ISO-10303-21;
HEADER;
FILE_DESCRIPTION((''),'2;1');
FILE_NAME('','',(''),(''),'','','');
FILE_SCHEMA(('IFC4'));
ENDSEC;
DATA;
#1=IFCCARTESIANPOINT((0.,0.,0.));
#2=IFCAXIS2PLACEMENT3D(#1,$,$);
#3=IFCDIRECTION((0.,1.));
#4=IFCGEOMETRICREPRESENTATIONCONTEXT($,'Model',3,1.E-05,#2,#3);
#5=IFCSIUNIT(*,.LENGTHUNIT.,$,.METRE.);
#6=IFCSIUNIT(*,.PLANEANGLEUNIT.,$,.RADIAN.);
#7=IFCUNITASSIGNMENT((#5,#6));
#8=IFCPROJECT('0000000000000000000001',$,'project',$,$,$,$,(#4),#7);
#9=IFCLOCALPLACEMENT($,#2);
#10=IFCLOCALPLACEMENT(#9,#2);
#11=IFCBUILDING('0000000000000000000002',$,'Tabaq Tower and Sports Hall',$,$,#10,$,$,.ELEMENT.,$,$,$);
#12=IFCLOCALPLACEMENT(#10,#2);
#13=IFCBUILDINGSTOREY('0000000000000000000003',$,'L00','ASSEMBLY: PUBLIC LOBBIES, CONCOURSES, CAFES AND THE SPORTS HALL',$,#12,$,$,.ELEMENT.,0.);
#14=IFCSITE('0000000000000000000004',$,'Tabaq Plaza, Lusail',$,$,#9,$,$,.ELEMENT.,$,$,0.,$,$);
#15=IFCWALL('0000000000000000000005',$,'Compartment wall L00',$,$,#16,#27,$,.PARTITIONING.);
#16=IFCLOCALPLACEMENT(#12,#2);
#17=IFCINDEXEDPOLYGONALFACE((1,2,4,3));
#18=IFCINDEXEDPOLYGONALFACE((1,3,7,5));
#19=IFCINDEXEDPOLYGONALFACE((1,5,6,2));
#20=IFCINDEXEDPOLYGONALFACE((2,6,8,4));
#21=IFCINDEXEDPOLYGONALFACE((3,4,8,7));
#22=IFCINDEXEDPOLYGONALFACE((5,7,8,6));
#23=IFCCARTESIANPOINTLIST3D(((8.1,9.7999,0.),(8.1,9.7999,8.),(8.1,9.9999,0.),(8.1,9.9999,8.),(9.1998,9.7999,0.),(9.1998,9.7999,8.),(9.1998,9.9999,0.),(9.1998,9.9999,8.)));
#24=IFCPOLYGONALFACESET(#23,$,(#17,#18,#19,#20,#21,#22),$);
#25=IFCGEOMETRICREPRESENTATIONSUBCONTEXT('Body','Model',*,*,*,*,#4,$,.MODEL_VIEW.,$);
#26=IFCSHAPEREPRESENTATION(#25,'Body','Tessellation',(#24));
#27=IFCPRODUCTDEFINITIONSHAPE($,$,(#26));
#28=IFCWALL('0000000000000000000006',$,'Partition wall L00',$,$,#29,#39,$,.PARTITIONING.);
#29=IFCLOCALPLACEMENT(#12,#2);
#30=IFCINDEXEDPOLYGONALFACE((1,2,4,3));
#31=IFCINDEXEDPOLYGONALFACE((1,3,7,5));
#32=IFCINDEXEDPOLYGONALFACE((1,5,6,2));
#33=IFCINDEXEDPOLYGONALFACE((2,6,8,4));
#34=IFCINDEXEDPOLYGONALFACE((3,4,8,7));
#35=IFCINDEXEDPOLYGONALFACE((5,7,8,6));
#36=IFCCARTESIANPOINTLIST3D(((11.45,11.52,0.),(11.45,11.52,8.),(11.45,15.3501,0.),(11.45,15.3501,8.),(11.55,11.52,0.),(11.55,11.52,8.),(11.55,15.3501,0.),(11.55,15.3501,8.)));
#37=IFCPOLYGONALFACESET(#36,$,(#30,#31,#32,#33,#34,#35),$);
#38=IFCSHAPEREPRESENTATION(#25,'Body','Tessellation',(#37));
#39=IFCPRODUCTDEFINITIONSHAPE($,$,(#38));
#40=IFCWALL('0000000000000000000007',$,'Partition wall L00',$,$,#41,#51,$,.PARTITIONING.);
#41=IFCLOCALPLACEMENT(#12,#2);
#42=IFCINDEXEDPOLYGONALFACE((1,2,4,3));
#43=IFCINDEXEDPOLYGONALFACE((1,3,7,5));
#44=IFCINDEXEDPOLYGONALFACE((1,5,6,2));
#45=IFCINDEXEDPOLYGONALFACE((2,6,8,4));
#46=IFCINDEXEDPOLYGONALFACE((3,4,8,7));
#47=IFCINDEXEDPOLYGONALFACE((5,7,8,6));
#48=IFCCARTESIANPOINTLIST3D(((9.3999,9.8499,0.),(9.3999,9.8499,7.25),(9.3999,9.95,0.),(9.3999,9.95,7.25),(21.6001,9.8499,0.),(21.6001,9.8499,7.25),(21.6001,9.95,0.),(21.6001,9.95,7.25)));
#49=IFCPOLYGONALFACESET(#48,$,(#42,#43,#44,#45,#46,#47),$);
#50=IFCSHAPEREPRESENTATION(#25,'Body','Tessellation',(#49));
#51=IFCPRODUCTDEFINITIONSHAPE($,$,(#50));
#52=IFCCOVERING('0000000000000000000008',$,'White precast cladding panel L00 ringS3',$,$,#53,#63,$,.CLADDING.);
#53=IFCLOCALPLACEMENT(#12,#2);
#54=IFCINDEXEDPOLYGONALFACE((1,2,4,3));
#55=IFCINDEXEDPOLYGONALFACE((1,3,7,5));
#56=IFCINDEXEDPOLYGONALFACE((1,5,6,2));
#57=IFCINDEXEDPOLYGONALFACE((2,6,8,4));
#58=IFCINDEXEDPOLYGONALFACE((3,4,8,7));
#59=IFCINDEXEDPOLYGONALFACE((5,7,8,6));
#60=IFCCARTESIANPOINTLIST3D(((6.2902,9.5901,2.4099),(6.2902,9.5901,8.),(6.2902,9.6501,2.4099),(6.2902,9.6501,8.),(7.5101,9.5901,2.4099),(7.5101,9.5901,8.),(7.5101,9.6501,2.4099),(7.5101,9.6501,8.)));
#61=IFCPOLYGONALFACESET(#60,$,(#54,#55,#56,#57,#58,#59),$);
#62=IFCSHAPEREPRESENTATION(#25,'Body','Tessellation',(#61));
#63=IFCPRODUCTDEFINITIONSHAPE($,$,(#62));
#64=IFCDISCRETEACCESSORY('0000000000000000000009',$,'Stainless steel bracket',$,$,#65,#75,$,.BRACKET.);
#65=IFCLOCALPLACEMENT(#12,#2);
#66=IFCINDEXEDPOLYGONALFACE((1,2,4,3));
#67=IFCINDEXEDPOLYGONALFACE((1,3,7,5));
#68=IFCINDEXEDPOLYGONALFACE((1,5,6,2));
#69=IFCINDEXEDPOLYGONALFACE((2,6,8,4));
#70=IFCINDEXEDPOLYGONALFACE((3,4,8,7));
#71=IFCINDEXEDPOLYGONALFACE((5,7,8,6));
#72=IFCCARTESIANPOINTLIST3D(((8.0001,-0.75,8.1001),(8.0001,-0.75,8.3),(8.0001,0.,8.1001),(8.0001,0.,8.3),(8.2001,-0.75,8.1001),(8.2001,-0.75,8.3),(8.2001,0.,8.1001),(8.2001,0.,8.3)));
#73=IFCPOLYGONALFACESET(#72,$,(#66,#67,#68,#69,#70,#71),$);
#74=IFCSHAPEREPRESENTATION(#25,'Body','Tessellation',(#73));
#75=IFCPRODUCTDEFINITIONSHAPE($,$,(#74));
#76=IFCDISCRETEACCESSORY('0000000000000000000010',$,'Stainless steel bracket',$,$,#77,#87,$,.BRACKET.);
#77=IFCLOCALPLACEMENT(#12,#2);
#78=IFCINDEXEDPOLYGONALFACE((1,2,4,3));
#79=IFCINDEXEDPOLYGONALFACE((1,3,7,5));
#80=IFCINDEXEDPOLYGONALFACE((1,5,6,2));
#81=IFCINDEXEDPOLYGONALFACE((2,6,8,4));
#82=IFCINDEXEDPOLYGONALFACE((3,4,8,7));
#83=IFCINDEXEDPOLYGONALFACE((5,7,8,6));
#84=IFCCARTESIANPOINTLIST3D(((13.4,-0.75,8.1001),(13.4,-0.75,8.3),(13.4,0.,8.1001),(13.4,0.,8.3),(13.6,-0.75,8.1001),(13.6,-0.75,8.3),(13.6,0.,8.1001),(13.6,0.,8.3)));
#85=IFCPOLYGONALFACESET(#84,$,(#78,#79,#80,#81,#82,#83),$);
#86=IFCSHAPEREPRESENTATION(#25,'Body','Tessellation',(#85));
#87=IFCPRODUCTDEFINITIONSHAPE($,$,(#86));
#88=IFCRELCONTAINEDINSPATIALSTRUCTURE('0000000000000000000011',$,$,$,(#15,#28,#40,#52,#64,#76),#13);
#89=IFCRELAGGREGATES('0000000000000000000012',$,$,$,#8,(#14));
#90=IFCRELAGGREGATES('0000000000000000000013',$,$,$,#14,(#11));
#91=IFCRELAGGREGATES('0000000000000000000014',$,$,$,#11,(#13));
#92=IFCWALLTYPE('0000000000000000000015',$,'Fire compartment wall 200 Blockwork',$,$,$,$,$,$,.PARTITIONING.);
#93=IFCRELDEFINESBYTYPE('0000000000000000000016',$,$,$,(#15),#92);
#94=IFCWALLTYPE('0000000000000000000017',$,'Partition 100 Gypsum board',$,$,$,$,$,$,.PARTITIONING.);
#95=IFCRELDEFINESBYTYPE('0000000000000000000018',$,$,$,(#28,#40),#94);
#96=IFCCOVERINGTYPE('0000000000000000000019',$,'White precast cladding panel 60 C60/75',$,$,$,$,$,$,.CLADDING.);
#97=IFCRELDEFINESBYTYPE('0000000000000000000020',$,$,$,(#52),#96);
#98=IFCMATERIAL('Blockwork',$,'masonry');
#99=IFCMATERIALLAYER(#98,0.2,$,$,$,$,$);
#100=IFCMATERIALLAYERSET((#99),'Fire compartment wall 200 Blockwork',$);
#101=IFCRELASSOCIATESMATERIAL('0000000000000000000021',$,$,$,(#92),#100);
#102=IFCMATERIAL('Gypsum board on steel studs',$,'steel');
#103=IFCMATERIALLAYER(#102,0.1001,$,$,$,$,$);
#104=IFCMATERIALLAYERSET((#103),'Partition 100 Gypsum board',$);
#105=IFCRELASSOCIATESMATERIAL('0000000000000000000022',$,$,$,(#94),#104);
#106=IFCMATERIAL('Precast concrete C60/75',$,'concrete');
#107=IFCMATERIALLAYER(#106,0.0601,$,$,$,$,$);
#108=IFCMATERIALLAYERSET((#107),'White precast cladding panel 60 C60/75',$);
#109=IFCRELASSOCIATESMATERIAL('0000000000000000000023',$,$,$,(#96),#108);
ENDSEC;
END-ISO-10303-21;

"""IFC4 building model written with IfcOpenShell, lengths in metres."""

from ifc_helpers import new_model, si_unit, direction, frame, frame_2d, origin, origin_2d, place, context, subcontext, project, spatial, rectangle, extrude, material, layer, layer_set, type_object, element, save


model = new_model("IFC4")

# Units and contexts
model_context = context("Model", 3, precision=1e-05, world=origin(), true_north=direction((0.0, 1.0)))
body_context = subcontext(model_context, "Body", "Model", "MODEL_VIEW")
ifc_project = project(units=[si_unit("LENGTHUNIT", "METRE"), si_unit("PLANEANGLEUNIT", "RADIAN")], contexts=[model_context])

# Site, building, storey
site_placement = place(None, origin())
site = spatial("IfcSite", under=ifc_project, at=site_placement, Name="Tabaq Plaza, Lusail", CompositionType="ELEMENT", RefElevation=0.0)
building_placement = place(site_placement, origin())
building = spatial("IfcBuilding", under=site, at=building_placement, Name="Tabaq Tower and Sports Hall", CompositionType="ELEMENT")
storey_placement = place(building_placement, origin())
storey = spatial("IfcBuildingStorey", under=building, at=storey_placement, Name="L00", Description="ASSEMBLY: PUBLIC LOBBIES, CONCOURSES, CAFES AND THE SPORTS HALL", CompositionType="ELEMENT", Elevation=0.0)

# Shared definitions
ifc_material_1 = material(Name="Blockwork", Category="masonry")
ifc_layer_1 = layer(ifc_material_1, 0.2)
ifc_layer_set_1 = layer_set([ifc_layer_1], Name="Fire compartment wall 200 Blockwork")
wall_type_1 = type_object("IfcWallType", Name="Fire compartment wall 200 Blockwork", PredefinedType="PARTITIONING", material=ifc_layer_set_1)

# Walls
wall_1_placement = place(storey_placement, frame((8.1001, 9.8999, 0.0), z_axis=(0.0, 0.0, 1.0), x_axis=(1.0, 0.0, 0.0)))
element("IfcWall", 1, at=wall_1_placement, inside=storey, type_object=wall_type_1, Name="Compartment wall L00", PredefinedType="PARTITIONING", context=body_context, shape_type="SweptSolid", body=[
    extrude(rectangle(XDim=1.0999, YDim=0.2, at=frame_2d((0.5498, 0.0))), origin(), (0.0, 0.0, 1.0), 8.0),
])
ifc_material_2 = material(Name="Gypsum board on steel studs", Category="steel")
ifc_layer_2 = layer(ifc_material_2, 0.1001)
ifc_layer_set_2 = layer_set([ifc_layer_2], Name="Partition 100 Gypsum board")
wall_type_2 = type_object("IfcWallType", Name="Partition 100 Gypsum board", PredefinedType="PARTITIONING", material=ifc_layer_set_2)
wall_2_placement = place(storey_placement, frame((11.5, 11.52, 0.0), z_axis=(0.0, 0.0, 1.0), x_axis=(0.0, 1.0, 0.0)))
element("IfcWall", 2, at=wall_2_placement, inside=storey, type_object=wall_type_2, Name="Partition wall L00", PredefinedType="PARTITIONING", context=body_context, shape_type="SweptSolid", body=[
    extrude(rectangle(XDim=3.8301, YDim=0.1001, at=frame_2d((1.915, 0.0))), origin(), (0.0, 0.0, 1.0), 8.0),
])
wall_3_placement = place(storey_placement, frame((9.3999, 9.8999, 0.0), z_axis=(0.0, 0.0, 1.0), x_axis=(1.0, 0.0, 0.0)))
element("IfcWall", 3, at=wall_3_placement, inside=storey, type_object=wall_type_2, Name="Partition wall L00", PredefinedType="PARTITIONING", context=body_context, shape_type="SweptSolid", body=[
    extrude(rectangle(XDim=12.2002, YDim=0.1001, at=frame_2d((6.1001, 0.0))), origin(), (0.0, 0.0, 1.0), 7.25),
])

# Covering
ifc_material_3 = material(Name="Precast concrete C60/75", Category="concrete")
ifc_layer_3 = layer(ifc_material_3, 0.0601)
ifc_layer_set_3 = layer_set([ifc_layer_3], Name="White precast cladding panel 60 C60/75")
covering_type = type_object("IfcCoveringType", Name="White precast cladding panel 60 C60/75", PredefinedType="CLADDING", material=ifc_layer_set_3)
covering_placement = place(storey_placement, frame((7.51, 9.6201, 2.4099), z_axis=(0.0, 0.0, 1.0), x_axis=(-1.0, 0.0, 0.0)))
element("IfcCovering", 4, at=covering_placement, inside=storey, type_object=covering_type, Name="White precast cladding panel L00 ringS3", PredefinedType="CLADDING", context=body_context, shape_type="SweptSolid", body=[
    extrude(rectangle(XDim=1.22, YDim=0.0601, at=frame_2d((0.6099, 0.0))), origin(), (0.0, 0.0, 1.0), 5.5901),
])

# Discrete accessories
for number, where, z_axis, x_axis, name in (
    (5, (8.1001, -0.375, 8.1001), (0.0, 0.0, 1.0), (-1.0, 0.0, 0.0), "Stainless steel bracket"),
    (6, (13.5, -0.375, 8.1001), (0.0, 0.0, 1.0), (-1.0, 0.0, 0.0), "Stainless steel bracket"),
):
    element("IfcDiscreteAccessory", number, at=place(storey_placement, frame(where, z_axis=z_axis, x_axis=x_axis)), inside=storey, Name=name, PredefinedType="BRACKET", context=body_context, shape_type="SweptSolid", body=[
        extrude(rectangle(XDim=0.2, YDim=0.75, at=origin_2d()), origin(), (0.0, 0.0, 1.0), 0.2),
    ])

save(model, "model.ifc")
